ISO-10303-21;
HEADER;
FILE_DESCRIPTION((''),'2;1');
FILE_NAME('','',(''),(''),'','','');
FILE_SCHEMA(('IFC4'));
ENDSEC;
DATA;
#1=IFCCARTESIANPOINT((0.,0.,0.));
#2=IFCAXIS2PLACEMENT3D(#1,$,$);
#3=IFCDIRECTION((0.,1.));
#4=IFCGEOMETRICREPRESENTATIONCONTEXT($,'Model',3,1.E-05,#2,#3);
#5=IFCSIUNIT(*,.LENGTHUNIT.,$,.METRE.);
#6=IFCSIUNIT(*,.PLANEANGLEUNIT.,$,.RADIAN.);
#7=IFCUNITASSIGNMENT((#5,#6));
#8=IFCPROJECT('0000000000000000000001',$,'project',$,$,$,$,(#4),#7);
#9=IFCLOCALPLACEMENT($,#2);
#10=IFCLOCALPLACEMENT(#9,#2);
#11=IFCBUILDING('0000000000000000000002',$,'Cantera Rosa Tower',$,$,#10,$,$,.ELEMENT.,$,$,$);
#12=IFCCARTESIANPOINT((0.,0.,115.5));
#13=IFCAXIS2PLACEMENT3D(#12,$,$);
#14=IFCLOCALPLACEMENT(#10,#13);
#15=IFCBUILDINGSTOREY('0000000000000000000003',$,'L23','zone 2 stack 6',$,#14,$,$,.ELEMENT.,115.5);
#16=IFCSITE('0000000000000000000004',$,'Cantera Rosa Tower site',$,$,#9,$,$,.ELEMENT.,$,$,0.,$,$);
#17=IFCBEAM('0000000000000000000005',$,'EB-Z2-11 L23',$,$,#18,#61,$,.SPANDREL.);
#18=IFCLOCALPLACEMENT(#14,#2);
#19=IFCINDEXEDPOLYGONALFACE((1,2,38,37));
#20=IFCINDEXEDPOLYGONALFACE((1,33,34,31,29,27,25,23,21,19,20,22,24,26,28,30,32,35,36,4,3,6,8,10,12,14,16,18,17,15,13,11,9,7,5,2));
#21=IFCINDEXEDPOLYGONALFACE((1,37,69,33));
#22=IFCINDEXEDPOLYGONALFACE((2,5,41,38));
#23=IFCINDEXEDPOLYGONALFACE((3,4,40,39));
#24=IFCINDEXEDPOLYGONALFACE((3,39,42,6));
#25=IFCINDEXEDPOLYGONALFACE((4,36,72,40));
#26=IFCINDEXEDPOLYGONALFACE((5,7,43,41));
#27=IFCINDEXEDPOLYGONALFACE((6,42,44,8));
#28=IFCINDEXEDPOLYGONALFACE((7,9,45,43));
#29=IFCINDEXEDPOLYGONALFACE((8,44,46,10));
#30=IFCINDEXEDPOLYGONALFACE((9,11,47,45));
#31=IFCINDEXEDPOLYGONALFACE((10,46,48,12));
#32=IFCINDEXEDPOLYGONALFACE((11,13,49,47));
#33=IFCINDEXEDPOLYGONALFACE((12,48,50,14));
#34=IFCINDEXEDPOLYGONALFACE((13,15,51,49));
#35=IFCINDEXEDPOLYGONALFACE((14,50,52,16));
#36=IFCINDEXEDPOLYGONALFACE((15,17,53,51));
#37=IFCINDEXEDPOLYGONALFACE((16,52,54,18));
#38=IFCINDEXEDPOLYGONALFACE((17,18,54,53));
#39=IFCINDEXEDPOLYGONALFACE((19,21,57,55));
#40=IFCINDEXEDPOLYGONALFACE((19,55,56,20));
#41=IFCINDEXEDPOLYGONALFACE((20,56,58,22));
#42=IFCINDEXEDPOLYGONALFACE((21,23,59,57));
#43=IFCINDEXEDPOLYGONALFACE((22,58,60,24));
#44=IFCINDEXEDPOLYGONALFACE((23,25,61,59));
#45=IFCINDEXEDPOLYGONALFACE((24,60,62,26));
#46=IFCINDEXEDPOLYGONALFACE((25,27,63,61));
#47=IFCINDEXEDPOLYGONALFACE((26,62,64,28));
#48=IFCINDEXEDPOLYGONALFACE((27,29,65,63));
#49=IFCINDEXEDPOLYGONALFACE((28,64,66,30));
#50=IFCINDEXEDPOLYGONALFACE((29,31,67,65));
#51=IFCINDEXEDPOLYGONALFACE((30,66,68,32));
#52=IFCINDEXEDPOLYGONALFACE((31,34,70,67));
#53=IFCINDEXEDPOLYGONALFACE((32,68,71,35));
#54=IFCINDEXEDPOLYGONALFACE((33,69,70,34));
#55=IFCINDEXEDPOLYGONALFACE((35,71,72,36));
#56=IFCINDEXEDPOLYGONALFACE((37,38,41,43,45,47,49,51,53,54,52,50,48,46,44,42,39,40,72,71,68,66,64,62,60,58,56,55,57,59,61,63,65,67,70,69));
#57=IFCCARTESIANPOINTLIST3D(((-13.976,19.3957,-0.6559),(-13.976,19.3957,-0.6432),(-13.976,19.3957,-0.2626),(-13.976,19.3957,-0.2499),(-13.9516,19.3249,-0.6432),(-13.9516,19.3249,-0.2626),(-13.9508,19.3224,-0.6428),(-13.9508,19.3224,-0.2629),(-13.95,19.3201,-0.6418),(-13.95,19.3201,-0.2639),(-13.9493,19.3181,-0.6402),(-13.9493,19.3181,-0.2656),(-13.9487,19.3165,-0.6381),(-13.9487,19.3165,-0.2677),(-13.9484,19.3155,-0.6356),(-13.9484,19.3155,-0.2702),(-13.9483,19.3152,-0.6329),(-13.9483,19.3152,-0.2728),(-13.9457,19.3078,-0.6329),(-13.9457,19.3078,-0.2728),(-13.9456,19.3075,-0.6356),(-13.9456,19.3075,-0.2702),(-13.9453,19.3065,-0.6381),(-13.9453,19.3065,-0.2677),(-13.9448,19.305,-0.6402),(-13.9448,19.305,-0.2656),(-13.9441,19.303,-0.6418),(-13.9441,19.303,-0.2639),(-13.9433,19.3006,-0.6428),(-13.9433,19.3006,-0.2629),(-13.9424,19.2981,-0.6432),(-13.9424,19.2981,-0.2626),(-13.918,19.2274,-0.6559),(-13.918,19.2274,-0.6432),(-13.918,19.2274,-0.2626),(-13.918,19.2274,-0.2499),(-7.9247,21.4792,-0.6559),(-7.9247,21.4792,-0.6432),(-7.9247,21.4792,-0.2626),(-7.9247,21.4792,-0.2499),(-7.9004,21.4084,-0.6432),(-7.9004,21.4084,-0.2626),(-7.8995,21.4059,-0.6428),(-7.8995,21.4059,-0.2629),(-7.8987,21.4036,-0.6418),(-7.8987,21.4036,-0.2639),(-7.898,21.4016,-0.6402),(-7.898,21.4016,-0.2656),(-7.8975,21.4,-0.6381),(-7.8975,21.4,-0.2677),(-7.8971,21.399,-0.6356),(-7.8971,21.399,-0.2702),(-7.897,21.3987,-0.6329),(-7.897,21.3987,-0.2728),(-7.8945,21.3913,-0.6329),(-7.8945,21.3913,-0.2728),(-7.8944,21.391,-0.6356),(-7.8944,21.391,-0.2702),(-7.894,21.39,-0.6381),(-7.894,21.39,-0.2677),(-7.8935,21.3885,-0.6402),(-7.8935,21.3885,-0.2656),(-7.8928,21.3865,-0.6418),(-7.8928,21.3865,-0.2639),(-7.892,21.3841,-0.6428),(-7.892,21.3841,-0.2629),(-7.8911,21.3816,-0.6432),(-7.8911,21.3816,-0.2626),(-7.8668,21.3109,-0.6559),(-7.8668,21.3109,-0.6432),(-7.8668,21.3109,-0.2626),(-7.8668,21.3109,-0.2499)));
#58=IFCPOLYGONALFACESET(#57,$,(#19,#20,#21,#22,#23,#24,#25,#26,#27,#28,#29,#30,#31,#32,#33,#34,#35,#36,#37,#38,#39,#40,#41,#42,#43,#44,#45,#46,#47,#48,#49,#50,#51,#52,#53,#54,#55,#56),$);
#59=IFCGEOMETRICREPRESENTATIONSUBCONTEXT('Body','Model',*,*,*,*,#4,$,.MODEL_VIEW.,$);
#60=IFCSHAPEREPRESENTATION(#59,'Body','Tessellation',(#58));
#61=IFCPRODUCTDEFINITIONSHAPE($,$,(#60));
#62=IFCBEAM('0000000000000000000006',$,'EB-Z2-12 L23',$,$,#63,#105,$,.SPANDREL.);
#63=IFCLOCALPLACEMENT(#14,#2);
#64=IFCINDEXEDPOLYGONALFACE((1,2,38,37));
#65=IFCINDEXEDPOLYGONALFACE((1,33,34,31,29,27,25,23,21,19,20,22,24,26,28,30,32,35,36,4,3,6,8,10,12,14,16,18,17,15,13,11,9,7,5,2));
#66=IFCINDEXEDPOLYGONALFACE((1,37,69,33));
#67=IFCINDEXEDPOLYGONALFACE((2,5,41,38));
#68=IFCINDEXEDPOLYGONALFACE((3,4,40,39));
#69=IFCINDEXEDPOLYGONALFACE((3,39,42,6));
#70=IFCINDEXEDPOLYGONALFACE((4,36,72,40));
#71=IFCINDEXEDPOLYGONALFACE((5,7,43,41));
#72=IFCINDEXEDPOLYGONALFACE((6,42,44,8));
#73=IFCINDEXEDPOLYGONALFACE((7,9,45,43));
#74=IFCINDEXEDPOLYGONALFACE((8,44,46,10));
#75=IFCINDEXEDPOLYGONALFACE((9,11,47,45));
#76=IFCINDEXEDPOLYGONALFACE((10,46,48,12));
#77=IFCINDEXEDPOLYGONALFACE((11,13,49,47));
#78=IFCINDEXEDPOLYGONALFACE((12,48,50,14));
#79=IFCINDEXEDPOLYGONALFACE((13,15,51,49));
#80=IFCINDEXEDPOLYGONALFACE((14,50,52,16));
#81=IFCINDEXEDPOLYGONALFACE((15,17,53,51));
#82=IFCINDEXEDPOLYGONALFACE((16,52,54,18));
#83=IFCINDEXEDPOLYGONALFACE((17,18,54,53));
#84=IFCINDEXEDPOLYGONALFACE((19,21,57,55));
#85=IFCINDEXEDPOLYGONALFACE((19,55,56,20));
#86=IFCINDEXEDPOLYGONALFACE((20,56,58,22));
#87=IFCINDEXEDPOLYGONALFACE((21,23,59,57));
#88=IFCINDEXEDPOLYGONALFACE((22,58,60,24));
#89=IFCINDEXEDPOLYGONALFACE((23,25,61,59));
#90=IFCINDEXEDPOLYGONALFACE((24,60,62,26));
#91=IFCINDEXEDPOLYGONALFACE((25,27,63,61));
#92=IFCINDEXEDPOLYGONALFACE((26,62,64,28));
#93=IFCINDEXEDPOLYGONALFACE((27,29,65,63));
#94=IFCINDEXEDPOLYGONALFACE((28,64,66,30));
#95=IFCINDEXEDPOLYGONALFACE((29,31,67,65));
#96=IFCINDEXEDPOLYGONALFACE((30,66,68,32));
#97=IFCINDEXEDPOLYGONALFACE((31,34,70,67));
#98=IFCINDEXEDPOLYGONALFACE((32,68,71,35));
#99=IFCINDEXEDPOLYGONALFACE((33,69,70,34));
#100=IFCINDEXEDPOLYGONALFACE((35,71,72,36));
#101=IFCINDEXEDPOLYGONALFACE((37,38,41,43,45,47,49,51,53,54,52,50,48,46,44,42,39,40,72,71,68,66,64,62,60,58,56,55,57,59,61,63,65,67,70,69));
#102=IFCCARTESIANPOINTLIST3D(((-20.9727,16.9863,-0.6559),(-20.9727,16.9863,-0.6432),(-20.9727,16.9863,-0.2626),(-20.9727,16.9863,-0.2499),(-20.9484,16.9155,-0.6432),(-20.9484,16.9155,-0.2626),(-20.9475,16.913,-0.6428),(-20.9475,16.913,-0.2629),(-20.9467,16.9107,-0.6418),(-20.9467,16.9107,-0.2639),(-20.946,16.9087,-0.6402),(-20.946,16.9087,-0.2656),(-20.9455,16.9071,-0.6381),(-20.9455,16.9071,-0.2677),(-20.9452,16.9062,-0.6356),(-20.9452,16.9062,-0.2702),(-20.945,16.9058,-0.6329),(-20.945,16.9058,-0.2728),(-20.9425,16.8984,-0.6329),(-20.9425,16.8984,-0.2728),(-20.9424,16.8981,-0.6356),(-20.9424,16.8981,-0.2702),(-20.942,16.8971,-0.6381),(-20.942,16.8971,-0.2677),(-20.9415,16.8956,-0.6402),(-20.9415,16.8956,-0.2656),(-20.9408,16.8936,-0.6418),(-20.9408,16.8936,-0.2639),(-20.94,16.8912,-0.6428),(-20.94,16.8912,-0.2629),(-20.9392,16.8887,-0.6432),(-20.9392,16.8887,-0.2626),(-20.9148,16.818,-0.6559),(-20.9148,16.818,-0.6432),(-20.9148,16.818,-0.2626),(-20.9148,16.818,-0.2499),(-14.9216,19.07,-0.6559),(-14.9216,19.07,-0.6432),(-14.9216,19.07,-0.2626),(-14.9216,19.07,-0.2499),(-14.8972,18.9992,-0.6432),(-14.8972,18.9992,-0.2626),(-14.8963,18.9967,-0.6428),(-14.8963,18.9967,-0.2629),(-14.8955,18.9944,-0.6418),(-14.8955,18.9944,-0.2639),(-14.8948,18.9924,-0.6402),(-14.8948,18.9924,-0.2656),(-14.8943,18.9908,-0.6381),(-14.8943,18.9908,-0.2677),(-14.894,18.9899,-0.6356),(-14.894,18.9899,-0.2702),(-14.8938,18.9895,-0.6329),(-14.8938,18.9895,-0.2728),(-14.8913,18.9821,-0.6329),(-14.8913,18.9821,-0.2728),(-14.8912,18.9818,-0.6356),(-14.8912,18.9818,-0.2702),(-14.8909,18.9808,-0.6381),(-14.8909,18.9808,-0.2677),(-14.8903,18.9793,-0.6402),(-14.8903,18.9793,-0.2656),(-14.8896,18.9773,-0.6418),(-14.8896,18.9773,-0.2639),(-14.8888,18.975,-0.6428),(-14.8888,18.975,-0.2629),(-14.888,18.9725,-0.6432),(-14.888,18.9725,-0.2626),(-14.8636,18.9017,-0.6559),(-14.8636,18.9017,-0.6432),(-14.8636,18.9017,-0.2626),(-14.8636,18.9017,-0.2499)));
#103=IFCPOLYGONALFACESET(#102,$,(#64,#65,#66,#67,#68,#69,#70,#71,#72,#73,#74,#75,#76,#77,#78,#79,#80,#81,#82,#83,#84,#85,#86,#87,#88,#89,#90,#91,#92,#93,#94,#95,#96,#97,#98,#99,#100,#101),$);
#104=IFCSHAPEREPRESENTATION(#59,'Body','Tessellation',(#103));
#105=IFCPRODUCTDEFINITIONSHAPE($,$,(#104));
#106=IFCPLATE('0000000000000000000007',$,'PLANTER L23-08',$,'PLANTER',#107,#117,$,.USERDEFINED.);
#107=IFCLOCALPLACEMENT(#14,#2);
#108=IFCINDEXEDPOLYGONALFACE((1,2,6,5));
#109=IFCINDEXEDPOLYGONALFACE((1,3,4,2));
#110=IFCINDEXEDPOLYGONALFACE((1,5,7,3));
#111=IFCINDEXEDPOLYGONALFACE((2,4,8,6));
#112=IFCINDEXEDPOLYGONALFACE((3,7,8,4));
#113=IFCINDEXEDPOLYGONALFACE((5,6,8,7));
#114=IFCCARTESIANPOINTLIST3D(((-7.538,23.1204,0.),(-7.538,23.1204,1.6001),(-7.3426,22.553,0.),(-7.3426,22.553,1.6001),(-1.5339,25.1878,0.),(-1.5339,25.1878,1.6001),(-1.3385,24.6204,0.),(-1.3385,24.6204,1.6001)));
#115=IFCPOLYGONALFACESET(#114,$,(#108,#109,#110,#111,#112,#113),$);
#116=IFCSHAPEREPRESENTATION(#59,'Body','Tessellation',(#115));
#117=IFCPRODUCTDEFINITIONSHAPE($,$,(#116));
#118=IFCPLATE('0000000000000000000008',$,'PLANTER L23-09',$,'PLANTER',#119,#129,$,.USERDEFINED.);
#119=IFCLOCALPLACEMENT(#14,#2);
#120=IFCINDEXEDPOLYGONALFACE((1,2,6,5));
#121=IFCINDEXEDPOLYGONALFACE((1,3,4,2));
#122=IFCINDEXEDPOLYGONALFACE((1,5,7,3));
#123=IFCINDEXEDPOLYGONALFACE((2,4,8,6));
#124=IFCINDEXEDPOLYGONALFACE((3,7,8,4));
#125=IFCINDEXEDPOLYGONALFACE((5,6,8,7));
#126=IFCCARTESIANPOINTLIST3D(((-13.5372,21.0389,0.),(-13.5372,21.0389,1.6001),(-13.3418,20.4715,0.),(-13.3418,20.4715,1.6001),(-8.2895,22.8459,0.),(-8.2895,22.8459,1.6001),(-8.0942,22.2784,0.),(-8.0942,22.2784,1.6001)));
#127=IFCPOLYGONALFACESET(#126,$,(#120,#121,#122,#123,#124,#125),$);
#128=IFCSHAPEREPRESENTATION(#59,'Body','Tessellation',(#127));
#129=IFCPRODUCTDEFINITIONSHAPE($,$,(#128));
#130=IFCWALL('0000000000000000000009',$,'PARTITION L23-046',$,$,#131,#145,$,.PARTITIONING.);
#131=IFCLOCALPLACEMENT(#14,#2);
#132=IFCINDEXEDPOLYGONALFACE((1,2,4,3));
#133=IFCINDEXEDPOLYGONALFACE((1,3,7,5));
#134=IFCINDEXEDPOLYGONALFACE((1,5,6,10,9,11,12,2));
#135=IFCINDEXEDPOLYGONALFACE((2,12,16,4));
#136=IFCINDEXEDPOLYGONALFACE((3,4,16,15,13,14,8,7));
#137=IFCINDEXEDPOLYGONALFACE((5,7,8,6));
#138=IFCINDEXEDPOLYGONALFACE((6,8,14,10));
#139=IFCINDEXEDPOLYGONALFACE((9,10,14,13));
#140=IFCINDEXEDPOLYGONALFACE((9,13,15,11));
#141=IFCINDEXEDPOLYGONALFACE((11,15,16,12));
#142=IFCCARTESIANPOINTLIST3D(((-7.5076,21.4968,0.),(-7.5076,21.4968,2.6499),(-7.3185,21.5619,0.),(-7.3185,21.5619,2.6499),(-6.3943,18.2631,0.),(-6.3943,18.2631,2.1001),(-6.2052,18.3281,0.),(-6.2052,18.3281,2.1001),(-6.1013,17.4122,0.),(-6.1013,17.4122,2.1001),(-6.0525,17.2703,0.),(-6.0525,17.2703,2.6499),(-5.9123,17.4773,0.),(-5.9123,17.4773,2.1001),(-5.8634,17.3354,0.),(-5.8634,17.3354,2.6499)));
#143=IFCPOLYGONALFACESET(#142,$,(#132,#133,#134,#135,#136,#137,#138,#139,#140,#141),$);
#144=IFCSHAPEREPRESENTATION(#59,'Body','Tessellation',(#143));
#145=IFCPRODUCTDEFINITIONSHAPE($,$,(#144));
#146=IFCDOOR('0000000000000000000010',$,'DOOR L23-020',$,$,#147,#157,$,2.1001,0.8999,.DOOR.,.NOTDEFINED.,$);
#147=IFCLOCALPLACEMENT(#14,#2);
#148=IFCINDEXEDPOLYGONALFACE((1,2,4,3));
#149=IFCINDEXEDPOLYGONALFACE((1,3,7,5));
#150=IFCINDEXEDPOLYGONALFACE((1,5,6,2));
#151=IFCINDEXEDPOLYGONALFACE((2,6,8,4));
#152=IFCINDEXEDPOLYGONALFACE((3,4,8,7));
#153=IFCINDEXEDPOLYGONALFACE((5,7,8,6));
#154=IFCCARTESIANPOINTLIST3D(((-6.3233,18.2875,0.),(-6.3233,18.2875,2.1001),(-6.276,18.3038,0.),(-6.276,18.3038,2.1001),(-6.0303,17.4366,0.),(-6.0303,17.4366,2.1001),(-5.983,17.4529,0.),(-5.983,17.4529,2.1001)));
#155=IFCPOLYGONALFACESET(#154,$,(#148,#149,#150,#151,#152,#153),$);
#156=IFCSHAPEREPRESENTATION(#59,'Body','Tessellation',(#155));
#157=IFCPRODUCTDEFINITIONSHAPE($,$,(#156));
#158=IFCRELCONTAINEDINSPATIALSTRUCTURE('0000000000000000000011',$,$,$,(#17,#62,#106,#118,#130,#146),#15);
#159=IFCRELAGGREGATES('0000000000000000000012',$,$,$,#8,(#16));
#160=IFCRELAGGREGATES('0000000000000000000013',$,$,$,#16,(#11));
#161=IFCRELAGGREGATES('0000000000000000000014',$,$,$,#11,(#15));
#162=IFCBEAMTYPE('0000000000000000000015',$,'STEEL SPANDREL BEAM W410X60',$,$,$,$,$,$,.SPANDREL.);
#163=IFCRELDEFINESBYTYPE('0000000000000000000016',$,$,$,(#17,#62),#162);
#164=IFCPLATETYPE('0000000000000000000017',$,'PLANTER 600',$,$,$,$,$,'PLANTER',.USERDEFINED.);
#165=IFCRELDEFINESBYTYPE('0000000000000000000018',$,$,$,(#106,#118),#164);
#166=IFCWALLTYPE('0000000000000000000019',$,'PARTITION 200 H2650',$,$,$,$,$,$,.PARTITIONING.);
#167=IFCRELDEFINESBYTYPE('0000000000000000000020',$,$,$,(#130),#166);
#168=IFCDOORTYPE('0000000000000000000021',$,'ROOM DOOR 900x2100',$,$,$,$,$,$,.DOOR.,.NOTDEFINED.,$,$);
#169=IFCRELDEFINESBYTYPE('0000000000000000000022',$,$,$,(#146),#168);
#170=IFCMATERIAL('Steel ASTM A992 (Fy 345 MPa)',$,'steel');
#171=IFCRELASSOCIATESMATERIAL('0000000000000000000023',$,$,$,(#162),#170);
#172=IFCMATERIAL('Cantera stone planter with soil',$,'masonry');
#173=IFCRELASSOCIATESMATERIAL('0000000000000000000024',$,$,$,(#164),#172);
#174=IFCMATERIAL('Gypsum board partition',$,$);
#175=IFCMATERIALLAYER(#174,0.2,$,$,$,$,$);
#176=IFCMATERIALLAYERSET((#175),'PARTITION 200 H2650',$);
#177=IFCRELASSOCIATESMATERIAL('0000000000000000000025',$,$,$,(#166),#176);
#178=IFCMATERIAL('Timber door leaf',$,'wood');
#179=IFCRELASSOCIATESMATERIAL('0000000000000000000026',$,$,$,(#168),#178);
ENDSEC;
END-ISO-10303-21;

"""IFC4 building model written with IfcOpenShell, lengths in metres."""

from ifc_helpers import new_model, si_unit, direction, frame, frame_2d, origin, origin_2d, place, context, subcontext, project, spatial, rectangle, i_section, extrude, material, layer, layer_set, material_profile, profile_set, type_object, element, fill, save


model = new_model("IFC4")

# Units and contexts
model_context = context("Model", 3, precision=1e-05, world=origin(), true_north=direction((0.0, 1.0)))
body_context = subcontext(model_context, "Body", "Model", "MODEL_VIEW")
ifc_project = project(units=[si_unit("LENGTHUNIT", "METRE"), si_unit("PLANEANGLEUNIT", "RADIAN")], contexts=[model_context])

# Site, building, storey
site_placement = place(None, origin())
site = spatial("IfcSite", under=ifc_project, at=site_placement, Name="Cantera Rosa Tower site", CompositionType="ELEMENT", RefElevation=0.0)
building_placement = place(site_placement, origin())
building = spatial("IfcBuilding", under=site, at=building_placement, Name="Cantera Rosa Tower", CompositionType="ELEMENT")
storey_placement = place(building_placement, frame((0.0, 0.0, 115.5)))
storey = spatial("IfcBuildingStorey", under=building, at=storey_placement, Name="L23", Description="zone 2 stack 6", CompositionType="ELEMENT", Elevation=115.5)

# Beams
ifc_material_1 = material(Name="Steel ASTM A992 (Fy 345 MPa)", Category="steel")
ifc_material_profile_1 = material_profile(ifc_material_1, i_section(OverallWidth=0.178, OverallDepth=0.406, WebThickness=0.0078, FlangeThickness=0.0127, FilletRadius=0.0103, at=origin_2d()), Name="W410X60")
ifc_profile_set_1 = profile_set([ifc_material_profile_1], Name="Steel ASTM A992 (Fy 345 MPa)")
beam_type_1 = type_object("IfcBeamType", Name="STEEL SPANDREL BEAM W410X60", PredefinedType="SPANDREL", material=ifc_profile_set_1)
for number, where, z_axis, x_axis, name in (
    (1, (-7.8958, 21.395, -0.4529), (-0.945524, -0.325551, 0.0), (0.325551, -0.945524, 0.0), "EB-Z2-11 L23"),
    (2, (-14.8926, 18.9858, -0.4529), (-0.945513, -0.325585, 0.0), (0.325585, -0.945513, 0.0), "EB-Z2-12 L23"),
):
    element("IfcBeam", number, at=place(storey_placement, frame(where, z_axis=z_axis, x_axis=x_axis)), inside=storey, type_object=beam_type_1, Name=name, PredefinedType="SPANDREL", context=body_context, shape_type="SweptSolid", body=[
        extrude(i_section(OverallWidth=0.178, OverallDepth=0.406, WebThickness=0.0078, FlangeThickness=0.0127, FilletRadius=0.0103, at=origin_2d()), origin(), (0.0, 0.0, 1.0), 6.3999),
    ])

# Plates
ifc_material_2 = material(Name="Cantera stone planter with soil", Category="masonry")
plate_type = type_object("IfcPlateType", Name="PLANTER 600", ElementType="PLANTER", PredefinedType="USERDEFINED", material=ifc_material_2)
plate_1_placement = place(storey_placement, frame((-4.4382, 23.8704, 0.0), z_axis=(0.0, 0.0, 1.0), x_axis=(-0.945519, -0.325568, 0.0)))
element("IfcPlate", 3, at=plate_1_placement, inside=storey, type_object=plate_type, Name="PLANTER L23-08", ObjectType="PLANTER", PredefinedType="USERDEFINED", context=body_context, shape_type="SweptSolid", body=[
    extrude(rectangle(XDim=6.3501, YDim=0.6001, at=origin_2d()), origin(), (0.0, 0.0, 1.0), 1.6001),
])
plate_2_placement = place(storey_placement, frame((-10.8157, 21.6587, 0.0), z_axis=(0.0, 0.0, 1.0), x_axis=(-0.945519, -0.325568, 0.0)))
element("IfcPlate", 4, at=plate_2_placement, inside=storey, type_object=plate_type, Name="PLANTER L23-09", ObjectType="PLANTER", PredefinedType="USERDEFINED", context=body_context, shape_type="SweptSolid", body=[
    extrude(rectangle(XDim=5.55, YDim=0.6001, at=origin_2d()), origin(), (0.0, 0.0, 1.0), 1.6001),
])

# Wall, opening, door
ifc_material_3 = material(Name="Gypsum board partition")
ifc_layer_1 = layer(ifc_material_3, 0.2)
ifc_layer_set_1 = layer_set([ifc_layer_1], Name="PARTITION 200 H2650")
wall_type_1 = type_object("IfcWallType", Name="PARTITION 200 H2650", PredefinedType="PARTITIONING", material=ifc_layer_set_1)
wall_1_placement = place(storey_placement, frame((-5.958, 17.303, 0.0), z_axis=(0.0, 0.0, 1.0), x_axis=(-0.325519, 0.945535, 0.0)))
wall_1 = element("IfcWall", 5, at=wall_1_placement, inside=storey, type_object=wall_type_1, Name="PARTITION L23-046", PredefinedType="PARTITIONING", context=body_context, shape_type="SweptSolid", body=[
    extrude(rectangle(XDim=4.47, YDim=0.2, at=frame_2d((2.2349, 0.0))), origin(), (0.0, 0.0, 1.0), 2.6499),
])
opening_1_placement = place(wall_1_placement, frame((0.1499, 0.0, 0.0)))
opening_1 = element("IfcOpeningElement", 6, at=opening_1_placement, cuts=wall_1, PredefinedType="OPENING", context=body_context, shape_type="SweptSolid", body=[
    extrude(rectangle(XDim=0.8999, YDim=2.1001, at=frame_2d((0.45, 1.05))), frame((0.0, 0.1099, 0.0), z_axis=(0.0, -1.0, 0.0), x_axis=(1.0, 0.0, 0.0)), (0.0, 0.0, 1.0), 0.22),
])
ifc_material_4 = material(Name="Timber door leaf", Category="wood")
door_type_1 = type_object("IfcDoorType", Name="ROOM DOOR 900x2100", OperationType="NOTDEFINED", PredefinedType="DOOR", material=ifc_material_4)
door_1_placement = place(opening_1_placement, origin())
door_1 = element("IfcDoor", 7, at=door_1_placement, inside=storey, type_object=door_type_1, Name="DOOR L23-020", OperationType="NOTDEFINED", OverallHeight=2.1001, OverallWidth=0.8999, PredefinedType="DOOR", context=body_context, shape_type="SweptSolid", body=[
    extrude(rectangle(XDim=0.8999, YDim=2.1001, at=frame_2d((0.45, 1.05))), frame((0.0, 0.0249, 0.0), z_axis=(0.0, -1.0, 0.0), x_axis=(1.0, 0.0, 0.0)), (0.0, 0.0, 1.0), 0.05),
])
fill(opening_1, door_1)

save(model, "model.ifc")
